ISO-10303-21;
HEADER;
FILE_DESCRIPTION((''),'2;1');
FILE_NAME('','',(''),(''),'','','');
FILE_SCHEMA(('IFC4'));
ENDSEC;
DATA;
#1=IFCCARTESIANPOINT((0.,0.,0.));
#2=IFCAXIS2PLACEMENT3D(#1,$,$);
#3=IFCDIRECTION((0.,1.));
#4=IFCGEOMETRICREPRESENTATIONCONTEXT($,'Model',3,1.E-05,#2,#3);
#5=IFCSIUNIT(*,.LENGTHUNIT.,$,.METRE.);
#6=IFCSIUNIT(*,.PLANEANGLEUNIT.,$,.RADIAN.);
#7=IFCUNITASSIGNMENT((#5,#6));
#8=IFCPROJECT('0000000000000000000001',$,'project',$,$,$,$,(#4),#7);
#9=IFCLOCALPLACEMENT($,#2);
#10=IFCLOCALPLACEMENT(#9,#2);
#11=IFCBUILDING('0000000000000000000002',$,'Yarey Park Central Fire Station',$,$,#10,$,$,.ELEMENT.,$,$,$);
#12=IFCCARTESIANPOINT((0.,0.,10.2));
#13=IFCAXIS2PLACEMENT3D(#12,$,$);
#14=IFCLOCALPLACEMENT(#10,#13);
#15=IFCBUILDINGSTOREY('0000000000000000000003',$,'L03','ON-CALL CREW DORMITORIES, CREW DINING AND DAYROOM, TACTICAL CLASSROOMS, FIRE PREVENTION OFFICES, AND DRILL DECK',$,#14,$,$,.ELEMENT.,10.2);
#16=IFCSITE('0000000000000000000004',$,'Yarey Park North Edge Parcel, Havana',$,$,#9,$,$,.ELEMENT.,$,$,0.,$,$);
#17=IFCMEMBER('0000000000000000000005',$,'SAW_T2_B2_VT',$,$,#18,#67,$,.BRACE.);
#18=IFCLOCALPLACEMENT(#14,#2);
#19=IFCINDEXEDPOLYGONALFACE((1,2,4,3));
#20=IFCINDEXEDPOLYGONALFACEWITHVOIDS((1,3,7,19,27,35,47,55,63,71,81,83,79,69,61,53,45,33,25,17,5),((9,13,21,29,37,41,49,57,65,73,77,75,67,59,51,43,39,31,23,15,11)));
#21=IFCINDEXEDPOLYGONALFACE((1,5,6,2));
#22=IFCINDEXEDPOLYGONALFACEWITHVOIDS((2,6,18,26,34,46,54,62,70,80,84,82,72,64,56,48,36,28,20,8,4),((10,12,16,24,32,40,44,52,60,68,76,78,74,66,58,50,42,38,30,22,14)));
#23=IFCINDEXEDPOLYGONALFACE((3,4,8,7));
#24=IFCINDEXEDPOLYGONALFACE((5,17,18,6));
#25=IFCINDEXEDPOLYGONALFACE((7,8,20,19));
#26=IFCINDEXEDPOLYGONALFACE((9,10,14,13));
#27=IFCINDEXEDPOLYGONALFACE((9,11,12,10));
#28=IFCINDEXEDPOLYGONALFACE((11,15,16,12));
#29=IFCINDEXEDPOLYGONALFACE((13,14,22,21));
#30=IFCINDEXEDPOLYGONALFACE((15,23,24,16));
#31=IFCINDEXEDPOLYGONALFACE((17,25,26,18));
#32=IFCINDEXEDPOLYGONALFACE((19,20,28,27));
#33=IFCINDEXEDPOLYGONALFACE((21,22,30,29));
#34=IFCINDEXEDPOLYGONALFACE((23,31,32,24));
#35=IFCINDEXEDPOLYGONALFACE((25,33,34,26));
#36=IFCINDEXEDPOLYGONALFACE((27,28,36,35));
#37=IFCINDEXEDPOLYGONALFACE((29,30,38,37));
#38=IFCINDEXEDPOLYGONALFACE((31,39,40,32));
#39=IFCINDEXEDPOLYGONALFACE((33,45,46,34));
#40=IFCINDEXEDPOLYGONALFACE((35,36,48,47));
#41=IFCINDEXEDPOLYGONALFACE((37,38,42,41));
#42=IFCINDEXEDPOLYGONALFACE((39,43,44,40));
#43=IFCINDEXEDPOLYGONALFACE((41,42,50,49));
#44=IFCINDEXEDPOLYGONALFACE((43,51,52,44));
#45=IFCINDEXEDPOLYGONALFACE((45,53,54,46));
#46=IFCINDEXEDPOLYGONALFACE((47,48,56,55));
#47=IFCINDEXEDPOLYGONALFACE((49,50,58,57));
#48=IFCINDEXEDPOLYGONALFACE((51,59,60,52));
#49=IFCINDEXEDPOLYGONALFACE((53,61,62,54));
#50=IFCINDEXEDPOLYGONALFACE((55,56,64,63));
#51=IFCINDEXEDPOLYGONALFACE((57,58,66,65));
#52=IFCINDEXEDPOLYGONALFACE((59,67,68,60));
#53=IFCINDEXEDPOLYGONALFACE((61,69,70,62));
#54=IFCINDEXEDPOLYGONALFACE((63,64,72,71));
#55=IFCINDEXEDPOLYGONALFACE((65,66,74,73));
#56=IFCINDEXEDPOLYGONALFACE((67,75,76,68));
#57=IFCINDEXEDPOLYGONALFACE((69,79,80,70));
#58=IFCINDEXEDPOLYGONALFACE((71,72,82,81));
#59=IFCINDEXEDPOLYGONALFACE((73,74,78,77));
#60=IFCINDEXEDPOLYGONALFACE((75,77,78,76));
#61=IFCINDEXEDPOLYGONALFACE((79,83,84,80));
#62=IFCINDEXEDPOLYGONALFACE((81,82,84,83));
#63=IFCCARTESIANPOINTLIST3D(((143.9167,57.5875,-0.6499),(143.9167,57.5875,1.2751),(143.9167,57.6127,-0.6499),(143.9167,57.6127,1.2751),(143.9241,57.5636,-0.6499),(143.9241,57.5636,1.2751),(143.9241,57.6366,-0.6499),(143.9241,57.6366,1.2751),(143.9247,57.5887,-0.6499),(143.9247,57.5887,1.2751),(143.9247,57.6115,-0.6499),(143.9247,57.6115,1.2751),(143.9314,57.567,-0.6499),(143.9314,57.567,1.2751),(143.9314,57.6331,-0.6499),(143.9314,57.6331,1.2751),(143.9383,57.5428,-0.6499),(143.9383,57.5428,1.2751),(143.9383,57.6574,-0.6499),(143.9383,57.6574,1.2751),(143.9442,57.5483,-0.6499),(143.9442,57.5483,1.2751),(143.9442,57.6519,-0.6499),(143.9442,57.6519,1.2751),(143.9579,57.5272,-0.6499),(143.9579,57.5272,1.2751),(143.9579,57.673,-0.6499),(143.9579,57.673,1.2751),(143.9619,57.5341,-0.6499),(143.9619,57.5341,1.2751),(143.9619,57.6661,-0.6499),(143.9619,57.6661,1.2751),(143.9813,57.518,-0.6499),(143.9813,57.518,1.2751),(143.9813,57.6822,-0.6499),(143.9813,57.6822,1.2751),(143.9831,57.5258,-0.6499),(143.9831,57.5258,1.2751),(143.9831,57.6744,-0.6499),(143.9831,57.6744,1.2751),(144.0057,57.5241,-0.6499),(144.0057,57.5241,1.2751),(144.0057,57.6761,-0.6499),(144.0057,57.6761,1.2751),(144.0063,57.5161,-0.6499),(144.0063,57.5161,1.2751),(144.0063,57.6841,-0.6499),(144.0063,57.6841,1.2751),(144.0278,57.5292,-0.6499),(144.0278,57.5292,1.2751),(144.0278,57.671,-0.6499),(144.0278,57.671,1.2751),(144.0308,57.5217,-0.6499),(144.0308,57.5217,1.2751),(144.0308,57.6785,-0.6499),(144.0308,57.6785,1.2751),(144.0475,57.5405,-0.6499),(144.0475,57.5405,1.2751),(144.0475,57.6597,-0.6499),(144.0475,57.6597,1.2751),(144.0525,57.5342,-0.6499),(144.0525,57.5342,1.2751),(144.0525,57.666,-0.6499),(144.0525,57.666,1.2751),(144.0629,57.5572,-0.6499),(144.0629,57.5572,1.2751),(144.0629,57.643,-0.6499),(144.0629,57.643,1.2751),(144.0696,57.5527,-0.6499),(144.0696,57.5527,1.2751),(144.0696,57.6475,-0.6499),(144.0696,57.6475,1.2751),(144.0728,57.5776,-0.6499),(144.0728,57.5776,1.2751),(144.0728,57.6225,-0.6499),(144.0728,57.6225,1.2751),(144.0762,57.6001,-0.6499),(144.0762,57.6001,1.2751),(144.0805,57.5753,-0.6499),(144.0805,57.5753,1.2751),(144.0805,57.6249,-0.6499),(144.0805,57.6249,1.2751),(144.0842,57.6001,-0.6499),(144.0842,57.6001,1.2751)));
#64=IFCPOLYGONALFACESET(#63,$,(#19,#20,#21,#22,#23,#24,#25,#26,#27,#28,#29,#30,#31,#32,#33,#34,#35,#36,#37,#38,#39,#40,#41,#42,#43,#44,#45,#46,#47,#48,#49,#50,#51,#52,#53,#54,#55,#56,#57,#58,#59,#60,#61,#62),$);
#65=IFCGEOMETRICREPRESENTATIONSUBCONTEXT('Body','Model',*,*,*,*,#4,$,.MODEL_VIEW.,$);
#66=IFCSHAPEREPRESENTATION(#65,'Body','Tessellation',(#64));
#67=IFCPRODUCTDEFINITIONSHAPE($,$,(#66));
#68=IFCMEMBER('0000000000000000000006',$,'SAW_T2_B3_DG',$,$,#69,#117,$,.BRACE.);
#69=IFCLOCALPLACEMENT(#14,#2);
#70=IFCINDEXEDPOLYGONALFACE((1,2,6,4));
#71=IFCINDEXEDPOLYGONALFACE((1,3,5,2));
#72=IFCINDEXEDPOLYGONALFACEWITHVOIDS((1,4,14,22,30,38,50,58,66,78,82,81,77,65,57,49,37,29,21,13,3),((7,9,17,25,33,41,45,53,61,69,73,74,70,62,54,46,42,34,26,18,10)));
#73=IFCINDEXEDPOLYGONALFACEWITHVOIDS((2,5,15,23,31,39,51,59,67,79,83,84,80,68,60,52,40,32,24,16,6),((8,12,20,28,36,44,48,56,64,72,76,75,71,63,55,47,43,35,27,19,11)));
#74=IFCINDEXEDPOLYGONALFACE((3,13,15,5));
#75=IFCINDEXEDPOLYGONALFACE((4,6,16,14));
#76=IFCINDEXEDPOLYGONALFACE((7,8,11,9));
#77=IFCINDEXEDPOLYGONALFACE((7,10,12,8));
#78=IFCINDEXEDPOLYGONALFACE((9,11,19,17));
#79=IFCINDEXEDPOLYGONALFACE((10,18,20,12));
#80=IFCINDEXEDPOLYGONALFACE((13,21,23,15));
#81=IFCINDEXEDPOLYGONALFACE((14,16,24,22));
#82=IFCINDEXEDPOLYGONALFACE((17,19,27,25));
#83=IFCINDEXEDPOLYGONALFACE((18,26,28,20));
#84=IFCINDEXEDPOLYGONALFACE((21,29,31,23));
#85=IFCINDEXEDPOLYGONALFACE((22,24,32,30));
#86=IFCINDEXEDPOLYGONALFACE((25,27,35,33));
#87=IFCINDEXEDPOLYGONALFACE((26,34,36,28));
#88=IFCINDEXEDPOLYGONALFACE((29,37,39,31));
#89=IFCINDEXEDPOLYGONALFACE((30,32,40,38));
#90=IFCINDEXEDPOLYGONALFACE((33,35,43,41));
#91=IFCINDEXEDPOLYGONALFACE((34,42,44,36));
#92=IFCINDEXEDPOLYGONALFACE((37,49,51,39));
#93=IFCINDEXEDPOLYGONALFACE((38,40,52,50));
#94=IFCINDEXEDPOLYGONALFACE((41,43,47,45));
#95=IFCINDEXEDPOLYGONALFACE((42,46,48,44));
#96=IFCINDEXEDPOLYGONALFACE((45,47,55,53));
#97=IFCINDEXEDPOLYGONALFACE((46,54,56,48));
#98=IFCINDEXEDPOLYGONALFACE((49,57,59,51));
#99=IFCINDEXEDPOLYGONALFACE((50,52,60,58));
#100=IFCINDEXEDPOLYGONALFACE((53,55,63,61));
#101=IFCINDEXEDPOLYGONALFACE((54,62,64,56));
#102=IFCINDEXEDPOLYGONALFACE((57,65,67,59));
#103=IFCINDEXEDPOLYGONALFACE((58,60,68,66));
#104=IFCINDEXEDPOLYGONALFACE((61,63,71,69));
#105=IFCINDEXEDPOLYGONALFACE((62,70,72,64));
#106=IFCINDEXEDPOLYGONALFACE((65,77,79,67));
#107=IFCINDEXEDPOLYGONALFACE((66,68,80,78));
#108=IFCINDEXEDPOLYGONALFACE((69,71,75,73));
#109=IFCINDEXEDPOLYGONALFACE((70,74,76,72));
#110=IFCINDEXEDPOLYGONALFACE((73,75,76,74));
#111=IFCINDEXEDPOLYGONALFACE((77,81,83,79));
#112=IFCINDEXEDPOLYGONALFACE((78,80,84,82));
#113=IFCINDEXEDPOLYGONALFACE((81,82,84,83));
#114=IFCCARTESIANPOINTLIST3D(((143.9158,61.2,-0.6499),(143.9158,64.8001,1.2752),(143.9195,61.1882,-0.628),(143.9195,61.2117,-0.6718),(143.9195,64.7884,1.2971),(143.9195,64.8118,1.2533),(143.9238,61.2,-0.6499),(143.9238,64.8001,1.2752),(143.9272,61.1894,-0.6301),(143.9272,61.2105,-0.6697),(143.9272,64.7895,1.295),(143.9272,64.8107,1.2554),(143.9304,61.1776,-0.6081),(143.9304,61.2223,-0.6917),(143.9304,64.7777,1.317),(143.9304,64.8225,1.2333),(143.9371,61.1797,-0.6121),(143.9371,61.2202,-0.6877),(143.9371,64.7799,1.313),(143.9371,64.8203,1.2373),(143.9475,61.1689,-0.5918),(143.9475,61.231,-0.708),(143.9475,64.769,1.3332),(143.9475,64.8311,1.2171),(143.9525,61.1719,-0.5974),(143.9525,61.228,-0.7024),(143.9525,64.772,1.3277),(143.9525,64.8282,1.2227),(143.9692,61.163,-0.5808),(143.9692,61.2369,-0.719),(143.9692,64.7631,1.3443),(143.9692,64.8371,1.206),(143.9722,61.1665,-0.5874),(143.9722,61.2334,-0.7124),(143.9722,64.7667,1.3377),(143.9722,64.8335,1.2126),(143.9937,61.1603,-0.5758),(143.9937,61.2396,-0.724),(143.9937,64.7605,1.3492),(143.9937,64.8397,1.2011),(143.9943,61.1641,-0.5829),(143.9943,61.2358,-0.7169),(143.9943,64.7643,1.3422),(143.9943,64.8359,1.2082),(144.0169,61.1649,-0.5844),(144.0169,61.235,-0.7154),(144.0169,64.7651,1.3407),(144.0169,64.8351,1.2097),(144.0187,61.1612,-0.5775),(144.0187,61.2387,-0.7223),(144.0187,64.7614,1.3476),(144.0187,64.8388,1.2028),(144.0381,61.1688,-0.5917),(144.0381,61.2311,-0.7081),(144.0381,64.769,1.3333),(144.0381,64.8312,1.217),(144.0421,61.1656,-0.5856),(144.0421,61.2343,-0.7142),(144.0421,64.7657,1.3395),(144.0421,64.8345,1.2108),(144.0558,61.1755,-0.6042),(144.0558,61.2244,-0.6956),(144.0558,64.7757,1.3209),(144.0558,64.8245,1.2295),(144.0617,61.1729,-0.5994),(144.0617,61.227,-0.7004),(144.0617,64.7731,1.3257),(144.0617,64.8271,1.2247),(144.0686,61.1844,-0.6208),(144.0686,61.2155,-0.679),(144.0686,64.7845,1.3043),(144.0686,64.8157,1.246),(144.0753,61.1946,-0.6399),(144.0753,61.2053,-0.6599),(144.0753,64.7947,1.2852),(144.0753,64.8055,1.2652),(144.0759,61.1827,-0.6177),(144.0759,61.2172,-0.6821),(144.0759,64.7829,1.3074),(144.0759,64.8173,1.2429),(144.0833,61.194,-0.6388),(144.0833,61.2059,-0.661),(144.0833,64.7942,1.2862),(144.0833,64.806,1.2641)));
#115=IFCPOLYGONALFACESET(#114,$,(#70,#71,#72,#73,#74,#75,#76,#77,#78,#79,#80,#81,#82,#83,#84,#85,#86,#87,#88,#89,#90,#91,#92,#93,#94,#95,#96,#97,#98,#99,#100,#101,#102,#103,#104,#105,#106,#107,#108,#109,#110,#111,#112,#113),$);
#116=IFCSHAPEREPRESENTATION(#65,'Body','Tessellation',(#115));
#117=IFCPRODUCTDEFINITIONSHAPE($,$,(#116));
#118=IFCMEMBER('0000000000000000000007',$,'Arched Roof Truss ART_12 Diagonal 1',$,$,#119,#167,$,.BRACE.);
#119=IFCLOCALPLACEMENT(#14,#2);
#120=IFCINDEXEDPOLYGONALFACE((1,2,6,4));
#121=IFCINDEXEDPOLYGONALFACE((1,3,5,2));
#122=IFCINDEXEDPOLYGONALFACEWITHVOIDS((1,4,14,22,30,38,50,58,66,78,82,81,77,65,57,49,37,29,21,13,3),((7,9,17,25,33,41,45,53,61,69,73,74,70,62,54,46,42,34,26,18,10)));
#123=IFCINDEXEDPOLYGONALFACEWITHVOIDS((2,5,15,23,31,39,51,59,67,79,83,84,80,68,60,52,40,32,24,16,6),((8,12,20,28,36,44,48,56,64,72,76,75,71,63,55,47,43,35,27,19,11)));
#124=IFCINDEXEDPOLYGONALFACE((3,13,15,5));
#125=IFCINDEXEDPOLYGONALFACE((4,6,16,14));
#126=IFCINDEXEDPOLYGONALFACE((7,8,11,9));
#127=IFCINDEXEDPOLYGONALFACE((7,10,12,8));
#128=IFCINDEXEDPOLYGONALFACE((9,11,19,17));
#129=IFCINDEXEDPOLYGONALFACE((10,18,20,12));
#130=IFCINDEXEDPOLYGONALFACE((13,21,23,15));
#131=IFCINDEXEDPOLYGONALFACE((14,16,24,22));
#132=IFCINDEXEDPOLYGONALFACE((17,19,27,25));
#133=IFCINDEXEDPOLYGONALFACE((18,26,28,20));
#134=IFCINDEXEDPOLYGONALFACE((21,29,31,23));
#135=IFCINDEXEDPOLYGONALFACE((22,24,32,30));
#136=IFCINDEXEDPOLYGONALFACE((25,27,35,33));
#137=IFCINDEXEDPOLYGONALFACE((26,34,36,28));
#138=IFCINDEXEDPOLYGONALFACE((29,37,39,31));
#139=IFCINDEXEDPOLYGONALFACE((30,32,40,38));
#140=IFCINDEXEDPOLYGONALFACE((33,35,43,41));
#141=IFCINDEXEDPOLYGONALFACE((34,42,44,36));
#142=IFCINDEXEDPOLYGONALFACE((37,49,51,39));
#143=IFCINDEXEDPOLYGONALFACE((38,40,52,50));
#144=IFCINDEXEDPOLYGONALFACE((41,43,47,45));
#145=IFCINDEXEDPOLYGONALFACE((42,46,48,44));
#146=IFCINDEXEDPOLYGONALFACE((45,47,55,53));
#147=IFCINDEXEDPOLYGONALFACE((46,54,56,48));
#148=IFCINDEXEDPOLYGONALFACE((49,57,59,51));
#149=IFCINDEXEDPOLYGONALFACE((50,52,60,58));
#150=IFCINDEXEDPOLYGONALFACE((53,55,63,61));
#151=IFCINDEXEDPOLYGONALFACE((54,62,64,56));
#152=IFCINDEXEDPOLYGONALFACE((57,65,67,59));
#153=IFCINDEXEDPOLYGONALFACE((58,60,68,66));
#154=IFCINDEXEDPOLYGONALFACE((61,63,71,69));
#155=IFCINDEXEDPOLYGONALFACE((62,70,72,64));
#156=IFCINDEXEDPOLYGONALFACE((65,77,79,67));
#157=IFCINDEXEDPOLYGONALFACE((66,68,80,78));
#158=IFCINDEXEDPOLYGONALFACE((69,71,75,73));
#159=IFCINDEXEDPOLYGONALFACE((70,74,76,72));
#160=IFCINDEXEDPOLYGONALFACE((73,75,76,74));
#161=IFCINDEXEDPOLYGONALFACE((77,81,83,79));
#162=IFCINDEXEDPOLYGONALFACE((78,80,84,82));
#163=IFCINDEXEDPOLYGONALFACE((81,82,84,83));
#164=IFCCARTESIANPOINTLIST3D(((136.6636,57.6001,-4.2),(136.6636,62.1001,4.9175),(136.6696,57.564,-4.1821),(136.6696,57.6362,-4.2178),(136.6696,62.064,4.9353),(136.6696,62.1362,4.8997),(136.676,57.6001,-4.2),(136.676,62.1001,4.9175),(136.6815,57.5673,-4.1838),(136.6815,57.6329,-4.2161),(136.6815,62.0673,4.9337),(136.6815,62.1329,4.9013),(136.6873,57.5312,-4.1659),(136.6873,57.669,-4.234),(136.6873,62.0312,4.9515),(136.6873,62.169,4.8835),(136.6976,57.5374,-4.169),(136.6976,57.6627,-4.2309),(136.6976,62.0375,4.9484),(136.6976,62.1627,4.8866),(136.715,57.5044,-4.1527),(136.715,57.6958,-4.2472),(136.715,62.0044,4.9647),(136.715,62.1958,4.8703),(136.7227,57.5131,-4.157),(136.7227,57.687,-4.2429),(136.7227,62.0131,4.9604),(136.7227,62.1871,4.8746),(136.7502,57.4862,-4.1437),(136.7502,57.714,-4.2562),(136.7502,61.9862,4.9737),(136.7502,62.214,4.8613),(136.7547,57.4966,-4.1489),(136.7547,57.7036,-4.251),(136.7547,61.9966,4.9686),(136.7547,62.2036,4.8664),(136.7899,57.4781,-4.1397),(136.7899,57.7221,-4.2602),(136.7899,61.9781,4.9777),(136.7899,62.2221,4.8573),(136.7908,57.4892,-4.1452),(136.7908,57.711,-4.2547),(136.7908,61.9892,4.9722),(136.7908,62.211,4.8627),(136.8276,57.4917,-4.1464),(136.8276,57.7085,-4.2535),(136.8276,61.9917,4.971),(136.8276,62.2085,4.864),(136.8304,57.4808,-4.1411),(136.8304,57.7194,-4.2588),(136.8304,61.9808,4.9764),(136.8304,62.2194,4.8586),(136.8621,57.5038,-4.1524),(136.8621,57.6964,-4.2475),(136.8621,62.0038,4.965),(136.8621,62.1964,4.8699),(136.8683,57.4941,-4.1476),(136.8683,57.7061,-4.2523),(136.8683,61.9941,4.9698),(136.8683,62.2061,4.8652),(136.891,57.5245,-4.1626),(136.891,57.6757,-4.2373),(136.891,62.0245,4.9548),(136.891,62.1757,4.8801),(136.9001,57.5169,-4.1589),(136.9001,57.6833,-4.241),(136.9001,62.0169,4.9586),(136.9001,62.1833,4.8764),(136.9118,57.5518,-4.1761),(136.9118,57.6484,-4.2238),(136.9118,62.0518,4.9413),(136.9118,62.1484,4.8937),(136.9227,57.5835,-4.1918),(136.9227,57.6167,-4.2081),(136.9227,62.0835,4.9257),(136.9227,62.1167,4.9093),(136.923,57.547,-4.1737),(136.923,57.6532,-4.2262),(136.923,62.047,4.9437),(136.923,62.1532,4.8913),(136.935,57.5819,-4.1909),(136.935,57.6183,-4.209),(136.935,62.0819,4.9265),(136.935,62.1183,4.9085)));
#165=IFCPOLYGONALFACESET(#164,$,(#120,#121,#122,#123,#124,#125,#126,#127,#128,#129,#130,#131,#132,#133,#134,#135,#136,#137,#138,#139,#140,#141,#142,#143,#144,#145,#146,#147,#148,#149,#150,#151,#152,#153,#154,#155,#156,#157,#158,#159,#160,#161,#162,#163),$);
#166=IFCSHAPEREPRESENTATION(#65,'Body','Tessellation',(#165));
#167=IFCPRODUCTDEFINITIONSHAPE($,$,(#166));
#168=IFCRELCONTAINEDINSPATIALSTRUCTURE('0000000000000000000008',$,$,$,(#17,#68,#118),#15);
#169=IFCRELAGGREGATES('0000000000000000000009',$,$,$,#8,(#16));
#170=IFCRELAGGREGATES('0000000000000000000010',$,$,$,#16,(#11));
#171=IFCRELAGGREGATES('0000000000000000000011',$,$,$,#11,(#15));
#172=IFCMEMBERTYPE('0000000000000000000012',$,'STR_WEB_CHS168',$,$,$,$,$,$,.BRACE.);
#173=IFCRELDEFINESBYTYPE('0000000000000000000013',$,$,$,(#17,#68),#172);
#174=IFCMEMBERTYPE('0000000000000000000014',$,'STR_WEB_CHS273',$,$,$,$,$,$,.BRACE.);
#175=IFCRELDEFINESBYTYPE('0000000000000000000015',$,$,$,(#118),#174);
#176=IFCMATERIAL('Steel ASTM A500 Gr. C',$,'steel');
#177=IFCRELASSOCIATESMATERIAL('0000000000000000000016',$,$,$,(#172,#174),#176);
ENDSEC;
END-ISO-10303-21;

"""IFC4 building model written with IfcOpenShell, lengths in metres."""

from ifc_helpers import new_model, si_unit, direction, frame, origin, origin_2d, place, context, subcontext, project, spatial, hollow_circle, extrude, material, material_profile, profile_set, type_object, element, save


model = new_model("IFC4")

# Units and contexts
model_context = context("Model", 3, precision=1e-05, world=origin(), true_north=direction((0.0, 1.0)))
body_context = subcontext(model_context, "Body", "Model", "MODEL_VIEW")
ifc_project = project(units=[si_unit("LENGTHUNIT", "METRE"), si_unit("PLANEANGLEUNIT", "RADIAN")], contexts=[model_context])

# Site, building, storey
site_placement = place(None, origin())
site = spatial("IfcSite", under=ifc_project, at=site_placement, Name="Yarey Park North Edge Parcel, Havana", CompositionType="ELEMENT", RefElevation=0.0)
building_placement = place(site_placement, origin())
building = spatial("IfcBuilding", under=site, at=building_placement, Name="Yarey Park Central Fire Station", CompositionType="ELEMENT")
storey_placement = place(building_placement, frame((0.0, 0.0, 10.2)))
storey = spatial("IfcBuildingStorey", under=building, at=storey_placement, Name="L03", Description="ON-CALL CREW DORMITORIES, CREW DINING AND DAYROOM, TACTICAL CLASSROOMS, FIRE PREVENTION OFFICES, AND DRILL DECK", CompositionType="ELEMENT", Elevation=10.2)

# Shared definitions
ifc_material_1 = material(Name="Steel ASTM A500 Gr. C", Category="steel")

# Members
ifc_material_profile_1 = material_profile(ifc_material_1, hollow_circle(Radius=0.0842, WallThickness=0.0081, at=origin_2d()), Name="CHS 168.3x8")
ifc_profile_set_1 = profile_set([ifc_material_profile_1], Name="Steel ASTM A500 Gr. C")
member_type_1 = type_object("IfcMemberType", Name="STR_WEB_CHS168", PredefinedType="BRACE", material=ifc_profile_set_1)
member_1_placement = place(storey_placement, frame((144.0, 57.6001, -0.6499), z_axis=(0.0, 0.0, 1.0), x_axis=(1.0, 0.0, 0.0)))
element("IfcMember", 1, at=member_1_placement, inside=storey, type_object=member_type_1, Name="SAW_T2_B2_VT", PredefinedType="BRACE", context=body_context, shape_type="SweptSolid", body=[
    extrude(hollow_circle(Radius=0.0842, WallThickness=0.0081, at=origin_2d()), origin(), (0.0, 0.0, 1.0), 1.925),
])
member_2_placement = place(storey_placement, frame((144.0, 61.2, -0.6499), z_axis=(0.0, 0.881844, 0.471541), x_axis=(-1.0, 0.0, 0.0)))
element("IfcMember", 2, at=member_2_placement, inside=storey, type_object=member_type_1, Name="SAW_T2_B3_DG", PredefinedType="BRACE", context=body_context, shape_type="SweptSolid", body=[
    extrude(hollow_circle(Radius=0.0842, WallThickness=0.0081, at=origin_2d()), origin(), (0.0, 0.0, 1.0), 4.0825),
])
ifc_material_profile_2 = material_profile(ifc_material_1, hollow_circle(Radius=0.1365, WallThickness=0.0125, at=origin_2d()), Name="CHS 273x12.5")
ifc_profile_set_2 = profile_set([ifc_material_profile_2], Name="Steel ASTM A500 Gr. C")
member_type_2 = type_object("IfcMemberType", Name="STR_WEB_CHS273", PredefinedType="BRACE", material=ifc_profile_set_2)
member_3_placement = place(storey_placement, frame((136.8, 57.6001, -4.2), z_axis=(0.0, 0.442588, 0.896725), x_axis=(-1.0, 0.0, 0.0)))
element("IfcMember", 3, at=member_3_placement, inside=storey, type_object=member_type_2, Name="Arched Roof Truss ART_12 Diagonal 1", PredefinedType="BRACE", context=body_context, shape_type="SweptSolid", body=[
    extrude(hollow_circle(Radius=0.1365, WallThickness=0.0125, at=origin_2d()), origin(), (0.0, 0.0, 1.0), 10.1675),
])

save(model, "model.ifc")
